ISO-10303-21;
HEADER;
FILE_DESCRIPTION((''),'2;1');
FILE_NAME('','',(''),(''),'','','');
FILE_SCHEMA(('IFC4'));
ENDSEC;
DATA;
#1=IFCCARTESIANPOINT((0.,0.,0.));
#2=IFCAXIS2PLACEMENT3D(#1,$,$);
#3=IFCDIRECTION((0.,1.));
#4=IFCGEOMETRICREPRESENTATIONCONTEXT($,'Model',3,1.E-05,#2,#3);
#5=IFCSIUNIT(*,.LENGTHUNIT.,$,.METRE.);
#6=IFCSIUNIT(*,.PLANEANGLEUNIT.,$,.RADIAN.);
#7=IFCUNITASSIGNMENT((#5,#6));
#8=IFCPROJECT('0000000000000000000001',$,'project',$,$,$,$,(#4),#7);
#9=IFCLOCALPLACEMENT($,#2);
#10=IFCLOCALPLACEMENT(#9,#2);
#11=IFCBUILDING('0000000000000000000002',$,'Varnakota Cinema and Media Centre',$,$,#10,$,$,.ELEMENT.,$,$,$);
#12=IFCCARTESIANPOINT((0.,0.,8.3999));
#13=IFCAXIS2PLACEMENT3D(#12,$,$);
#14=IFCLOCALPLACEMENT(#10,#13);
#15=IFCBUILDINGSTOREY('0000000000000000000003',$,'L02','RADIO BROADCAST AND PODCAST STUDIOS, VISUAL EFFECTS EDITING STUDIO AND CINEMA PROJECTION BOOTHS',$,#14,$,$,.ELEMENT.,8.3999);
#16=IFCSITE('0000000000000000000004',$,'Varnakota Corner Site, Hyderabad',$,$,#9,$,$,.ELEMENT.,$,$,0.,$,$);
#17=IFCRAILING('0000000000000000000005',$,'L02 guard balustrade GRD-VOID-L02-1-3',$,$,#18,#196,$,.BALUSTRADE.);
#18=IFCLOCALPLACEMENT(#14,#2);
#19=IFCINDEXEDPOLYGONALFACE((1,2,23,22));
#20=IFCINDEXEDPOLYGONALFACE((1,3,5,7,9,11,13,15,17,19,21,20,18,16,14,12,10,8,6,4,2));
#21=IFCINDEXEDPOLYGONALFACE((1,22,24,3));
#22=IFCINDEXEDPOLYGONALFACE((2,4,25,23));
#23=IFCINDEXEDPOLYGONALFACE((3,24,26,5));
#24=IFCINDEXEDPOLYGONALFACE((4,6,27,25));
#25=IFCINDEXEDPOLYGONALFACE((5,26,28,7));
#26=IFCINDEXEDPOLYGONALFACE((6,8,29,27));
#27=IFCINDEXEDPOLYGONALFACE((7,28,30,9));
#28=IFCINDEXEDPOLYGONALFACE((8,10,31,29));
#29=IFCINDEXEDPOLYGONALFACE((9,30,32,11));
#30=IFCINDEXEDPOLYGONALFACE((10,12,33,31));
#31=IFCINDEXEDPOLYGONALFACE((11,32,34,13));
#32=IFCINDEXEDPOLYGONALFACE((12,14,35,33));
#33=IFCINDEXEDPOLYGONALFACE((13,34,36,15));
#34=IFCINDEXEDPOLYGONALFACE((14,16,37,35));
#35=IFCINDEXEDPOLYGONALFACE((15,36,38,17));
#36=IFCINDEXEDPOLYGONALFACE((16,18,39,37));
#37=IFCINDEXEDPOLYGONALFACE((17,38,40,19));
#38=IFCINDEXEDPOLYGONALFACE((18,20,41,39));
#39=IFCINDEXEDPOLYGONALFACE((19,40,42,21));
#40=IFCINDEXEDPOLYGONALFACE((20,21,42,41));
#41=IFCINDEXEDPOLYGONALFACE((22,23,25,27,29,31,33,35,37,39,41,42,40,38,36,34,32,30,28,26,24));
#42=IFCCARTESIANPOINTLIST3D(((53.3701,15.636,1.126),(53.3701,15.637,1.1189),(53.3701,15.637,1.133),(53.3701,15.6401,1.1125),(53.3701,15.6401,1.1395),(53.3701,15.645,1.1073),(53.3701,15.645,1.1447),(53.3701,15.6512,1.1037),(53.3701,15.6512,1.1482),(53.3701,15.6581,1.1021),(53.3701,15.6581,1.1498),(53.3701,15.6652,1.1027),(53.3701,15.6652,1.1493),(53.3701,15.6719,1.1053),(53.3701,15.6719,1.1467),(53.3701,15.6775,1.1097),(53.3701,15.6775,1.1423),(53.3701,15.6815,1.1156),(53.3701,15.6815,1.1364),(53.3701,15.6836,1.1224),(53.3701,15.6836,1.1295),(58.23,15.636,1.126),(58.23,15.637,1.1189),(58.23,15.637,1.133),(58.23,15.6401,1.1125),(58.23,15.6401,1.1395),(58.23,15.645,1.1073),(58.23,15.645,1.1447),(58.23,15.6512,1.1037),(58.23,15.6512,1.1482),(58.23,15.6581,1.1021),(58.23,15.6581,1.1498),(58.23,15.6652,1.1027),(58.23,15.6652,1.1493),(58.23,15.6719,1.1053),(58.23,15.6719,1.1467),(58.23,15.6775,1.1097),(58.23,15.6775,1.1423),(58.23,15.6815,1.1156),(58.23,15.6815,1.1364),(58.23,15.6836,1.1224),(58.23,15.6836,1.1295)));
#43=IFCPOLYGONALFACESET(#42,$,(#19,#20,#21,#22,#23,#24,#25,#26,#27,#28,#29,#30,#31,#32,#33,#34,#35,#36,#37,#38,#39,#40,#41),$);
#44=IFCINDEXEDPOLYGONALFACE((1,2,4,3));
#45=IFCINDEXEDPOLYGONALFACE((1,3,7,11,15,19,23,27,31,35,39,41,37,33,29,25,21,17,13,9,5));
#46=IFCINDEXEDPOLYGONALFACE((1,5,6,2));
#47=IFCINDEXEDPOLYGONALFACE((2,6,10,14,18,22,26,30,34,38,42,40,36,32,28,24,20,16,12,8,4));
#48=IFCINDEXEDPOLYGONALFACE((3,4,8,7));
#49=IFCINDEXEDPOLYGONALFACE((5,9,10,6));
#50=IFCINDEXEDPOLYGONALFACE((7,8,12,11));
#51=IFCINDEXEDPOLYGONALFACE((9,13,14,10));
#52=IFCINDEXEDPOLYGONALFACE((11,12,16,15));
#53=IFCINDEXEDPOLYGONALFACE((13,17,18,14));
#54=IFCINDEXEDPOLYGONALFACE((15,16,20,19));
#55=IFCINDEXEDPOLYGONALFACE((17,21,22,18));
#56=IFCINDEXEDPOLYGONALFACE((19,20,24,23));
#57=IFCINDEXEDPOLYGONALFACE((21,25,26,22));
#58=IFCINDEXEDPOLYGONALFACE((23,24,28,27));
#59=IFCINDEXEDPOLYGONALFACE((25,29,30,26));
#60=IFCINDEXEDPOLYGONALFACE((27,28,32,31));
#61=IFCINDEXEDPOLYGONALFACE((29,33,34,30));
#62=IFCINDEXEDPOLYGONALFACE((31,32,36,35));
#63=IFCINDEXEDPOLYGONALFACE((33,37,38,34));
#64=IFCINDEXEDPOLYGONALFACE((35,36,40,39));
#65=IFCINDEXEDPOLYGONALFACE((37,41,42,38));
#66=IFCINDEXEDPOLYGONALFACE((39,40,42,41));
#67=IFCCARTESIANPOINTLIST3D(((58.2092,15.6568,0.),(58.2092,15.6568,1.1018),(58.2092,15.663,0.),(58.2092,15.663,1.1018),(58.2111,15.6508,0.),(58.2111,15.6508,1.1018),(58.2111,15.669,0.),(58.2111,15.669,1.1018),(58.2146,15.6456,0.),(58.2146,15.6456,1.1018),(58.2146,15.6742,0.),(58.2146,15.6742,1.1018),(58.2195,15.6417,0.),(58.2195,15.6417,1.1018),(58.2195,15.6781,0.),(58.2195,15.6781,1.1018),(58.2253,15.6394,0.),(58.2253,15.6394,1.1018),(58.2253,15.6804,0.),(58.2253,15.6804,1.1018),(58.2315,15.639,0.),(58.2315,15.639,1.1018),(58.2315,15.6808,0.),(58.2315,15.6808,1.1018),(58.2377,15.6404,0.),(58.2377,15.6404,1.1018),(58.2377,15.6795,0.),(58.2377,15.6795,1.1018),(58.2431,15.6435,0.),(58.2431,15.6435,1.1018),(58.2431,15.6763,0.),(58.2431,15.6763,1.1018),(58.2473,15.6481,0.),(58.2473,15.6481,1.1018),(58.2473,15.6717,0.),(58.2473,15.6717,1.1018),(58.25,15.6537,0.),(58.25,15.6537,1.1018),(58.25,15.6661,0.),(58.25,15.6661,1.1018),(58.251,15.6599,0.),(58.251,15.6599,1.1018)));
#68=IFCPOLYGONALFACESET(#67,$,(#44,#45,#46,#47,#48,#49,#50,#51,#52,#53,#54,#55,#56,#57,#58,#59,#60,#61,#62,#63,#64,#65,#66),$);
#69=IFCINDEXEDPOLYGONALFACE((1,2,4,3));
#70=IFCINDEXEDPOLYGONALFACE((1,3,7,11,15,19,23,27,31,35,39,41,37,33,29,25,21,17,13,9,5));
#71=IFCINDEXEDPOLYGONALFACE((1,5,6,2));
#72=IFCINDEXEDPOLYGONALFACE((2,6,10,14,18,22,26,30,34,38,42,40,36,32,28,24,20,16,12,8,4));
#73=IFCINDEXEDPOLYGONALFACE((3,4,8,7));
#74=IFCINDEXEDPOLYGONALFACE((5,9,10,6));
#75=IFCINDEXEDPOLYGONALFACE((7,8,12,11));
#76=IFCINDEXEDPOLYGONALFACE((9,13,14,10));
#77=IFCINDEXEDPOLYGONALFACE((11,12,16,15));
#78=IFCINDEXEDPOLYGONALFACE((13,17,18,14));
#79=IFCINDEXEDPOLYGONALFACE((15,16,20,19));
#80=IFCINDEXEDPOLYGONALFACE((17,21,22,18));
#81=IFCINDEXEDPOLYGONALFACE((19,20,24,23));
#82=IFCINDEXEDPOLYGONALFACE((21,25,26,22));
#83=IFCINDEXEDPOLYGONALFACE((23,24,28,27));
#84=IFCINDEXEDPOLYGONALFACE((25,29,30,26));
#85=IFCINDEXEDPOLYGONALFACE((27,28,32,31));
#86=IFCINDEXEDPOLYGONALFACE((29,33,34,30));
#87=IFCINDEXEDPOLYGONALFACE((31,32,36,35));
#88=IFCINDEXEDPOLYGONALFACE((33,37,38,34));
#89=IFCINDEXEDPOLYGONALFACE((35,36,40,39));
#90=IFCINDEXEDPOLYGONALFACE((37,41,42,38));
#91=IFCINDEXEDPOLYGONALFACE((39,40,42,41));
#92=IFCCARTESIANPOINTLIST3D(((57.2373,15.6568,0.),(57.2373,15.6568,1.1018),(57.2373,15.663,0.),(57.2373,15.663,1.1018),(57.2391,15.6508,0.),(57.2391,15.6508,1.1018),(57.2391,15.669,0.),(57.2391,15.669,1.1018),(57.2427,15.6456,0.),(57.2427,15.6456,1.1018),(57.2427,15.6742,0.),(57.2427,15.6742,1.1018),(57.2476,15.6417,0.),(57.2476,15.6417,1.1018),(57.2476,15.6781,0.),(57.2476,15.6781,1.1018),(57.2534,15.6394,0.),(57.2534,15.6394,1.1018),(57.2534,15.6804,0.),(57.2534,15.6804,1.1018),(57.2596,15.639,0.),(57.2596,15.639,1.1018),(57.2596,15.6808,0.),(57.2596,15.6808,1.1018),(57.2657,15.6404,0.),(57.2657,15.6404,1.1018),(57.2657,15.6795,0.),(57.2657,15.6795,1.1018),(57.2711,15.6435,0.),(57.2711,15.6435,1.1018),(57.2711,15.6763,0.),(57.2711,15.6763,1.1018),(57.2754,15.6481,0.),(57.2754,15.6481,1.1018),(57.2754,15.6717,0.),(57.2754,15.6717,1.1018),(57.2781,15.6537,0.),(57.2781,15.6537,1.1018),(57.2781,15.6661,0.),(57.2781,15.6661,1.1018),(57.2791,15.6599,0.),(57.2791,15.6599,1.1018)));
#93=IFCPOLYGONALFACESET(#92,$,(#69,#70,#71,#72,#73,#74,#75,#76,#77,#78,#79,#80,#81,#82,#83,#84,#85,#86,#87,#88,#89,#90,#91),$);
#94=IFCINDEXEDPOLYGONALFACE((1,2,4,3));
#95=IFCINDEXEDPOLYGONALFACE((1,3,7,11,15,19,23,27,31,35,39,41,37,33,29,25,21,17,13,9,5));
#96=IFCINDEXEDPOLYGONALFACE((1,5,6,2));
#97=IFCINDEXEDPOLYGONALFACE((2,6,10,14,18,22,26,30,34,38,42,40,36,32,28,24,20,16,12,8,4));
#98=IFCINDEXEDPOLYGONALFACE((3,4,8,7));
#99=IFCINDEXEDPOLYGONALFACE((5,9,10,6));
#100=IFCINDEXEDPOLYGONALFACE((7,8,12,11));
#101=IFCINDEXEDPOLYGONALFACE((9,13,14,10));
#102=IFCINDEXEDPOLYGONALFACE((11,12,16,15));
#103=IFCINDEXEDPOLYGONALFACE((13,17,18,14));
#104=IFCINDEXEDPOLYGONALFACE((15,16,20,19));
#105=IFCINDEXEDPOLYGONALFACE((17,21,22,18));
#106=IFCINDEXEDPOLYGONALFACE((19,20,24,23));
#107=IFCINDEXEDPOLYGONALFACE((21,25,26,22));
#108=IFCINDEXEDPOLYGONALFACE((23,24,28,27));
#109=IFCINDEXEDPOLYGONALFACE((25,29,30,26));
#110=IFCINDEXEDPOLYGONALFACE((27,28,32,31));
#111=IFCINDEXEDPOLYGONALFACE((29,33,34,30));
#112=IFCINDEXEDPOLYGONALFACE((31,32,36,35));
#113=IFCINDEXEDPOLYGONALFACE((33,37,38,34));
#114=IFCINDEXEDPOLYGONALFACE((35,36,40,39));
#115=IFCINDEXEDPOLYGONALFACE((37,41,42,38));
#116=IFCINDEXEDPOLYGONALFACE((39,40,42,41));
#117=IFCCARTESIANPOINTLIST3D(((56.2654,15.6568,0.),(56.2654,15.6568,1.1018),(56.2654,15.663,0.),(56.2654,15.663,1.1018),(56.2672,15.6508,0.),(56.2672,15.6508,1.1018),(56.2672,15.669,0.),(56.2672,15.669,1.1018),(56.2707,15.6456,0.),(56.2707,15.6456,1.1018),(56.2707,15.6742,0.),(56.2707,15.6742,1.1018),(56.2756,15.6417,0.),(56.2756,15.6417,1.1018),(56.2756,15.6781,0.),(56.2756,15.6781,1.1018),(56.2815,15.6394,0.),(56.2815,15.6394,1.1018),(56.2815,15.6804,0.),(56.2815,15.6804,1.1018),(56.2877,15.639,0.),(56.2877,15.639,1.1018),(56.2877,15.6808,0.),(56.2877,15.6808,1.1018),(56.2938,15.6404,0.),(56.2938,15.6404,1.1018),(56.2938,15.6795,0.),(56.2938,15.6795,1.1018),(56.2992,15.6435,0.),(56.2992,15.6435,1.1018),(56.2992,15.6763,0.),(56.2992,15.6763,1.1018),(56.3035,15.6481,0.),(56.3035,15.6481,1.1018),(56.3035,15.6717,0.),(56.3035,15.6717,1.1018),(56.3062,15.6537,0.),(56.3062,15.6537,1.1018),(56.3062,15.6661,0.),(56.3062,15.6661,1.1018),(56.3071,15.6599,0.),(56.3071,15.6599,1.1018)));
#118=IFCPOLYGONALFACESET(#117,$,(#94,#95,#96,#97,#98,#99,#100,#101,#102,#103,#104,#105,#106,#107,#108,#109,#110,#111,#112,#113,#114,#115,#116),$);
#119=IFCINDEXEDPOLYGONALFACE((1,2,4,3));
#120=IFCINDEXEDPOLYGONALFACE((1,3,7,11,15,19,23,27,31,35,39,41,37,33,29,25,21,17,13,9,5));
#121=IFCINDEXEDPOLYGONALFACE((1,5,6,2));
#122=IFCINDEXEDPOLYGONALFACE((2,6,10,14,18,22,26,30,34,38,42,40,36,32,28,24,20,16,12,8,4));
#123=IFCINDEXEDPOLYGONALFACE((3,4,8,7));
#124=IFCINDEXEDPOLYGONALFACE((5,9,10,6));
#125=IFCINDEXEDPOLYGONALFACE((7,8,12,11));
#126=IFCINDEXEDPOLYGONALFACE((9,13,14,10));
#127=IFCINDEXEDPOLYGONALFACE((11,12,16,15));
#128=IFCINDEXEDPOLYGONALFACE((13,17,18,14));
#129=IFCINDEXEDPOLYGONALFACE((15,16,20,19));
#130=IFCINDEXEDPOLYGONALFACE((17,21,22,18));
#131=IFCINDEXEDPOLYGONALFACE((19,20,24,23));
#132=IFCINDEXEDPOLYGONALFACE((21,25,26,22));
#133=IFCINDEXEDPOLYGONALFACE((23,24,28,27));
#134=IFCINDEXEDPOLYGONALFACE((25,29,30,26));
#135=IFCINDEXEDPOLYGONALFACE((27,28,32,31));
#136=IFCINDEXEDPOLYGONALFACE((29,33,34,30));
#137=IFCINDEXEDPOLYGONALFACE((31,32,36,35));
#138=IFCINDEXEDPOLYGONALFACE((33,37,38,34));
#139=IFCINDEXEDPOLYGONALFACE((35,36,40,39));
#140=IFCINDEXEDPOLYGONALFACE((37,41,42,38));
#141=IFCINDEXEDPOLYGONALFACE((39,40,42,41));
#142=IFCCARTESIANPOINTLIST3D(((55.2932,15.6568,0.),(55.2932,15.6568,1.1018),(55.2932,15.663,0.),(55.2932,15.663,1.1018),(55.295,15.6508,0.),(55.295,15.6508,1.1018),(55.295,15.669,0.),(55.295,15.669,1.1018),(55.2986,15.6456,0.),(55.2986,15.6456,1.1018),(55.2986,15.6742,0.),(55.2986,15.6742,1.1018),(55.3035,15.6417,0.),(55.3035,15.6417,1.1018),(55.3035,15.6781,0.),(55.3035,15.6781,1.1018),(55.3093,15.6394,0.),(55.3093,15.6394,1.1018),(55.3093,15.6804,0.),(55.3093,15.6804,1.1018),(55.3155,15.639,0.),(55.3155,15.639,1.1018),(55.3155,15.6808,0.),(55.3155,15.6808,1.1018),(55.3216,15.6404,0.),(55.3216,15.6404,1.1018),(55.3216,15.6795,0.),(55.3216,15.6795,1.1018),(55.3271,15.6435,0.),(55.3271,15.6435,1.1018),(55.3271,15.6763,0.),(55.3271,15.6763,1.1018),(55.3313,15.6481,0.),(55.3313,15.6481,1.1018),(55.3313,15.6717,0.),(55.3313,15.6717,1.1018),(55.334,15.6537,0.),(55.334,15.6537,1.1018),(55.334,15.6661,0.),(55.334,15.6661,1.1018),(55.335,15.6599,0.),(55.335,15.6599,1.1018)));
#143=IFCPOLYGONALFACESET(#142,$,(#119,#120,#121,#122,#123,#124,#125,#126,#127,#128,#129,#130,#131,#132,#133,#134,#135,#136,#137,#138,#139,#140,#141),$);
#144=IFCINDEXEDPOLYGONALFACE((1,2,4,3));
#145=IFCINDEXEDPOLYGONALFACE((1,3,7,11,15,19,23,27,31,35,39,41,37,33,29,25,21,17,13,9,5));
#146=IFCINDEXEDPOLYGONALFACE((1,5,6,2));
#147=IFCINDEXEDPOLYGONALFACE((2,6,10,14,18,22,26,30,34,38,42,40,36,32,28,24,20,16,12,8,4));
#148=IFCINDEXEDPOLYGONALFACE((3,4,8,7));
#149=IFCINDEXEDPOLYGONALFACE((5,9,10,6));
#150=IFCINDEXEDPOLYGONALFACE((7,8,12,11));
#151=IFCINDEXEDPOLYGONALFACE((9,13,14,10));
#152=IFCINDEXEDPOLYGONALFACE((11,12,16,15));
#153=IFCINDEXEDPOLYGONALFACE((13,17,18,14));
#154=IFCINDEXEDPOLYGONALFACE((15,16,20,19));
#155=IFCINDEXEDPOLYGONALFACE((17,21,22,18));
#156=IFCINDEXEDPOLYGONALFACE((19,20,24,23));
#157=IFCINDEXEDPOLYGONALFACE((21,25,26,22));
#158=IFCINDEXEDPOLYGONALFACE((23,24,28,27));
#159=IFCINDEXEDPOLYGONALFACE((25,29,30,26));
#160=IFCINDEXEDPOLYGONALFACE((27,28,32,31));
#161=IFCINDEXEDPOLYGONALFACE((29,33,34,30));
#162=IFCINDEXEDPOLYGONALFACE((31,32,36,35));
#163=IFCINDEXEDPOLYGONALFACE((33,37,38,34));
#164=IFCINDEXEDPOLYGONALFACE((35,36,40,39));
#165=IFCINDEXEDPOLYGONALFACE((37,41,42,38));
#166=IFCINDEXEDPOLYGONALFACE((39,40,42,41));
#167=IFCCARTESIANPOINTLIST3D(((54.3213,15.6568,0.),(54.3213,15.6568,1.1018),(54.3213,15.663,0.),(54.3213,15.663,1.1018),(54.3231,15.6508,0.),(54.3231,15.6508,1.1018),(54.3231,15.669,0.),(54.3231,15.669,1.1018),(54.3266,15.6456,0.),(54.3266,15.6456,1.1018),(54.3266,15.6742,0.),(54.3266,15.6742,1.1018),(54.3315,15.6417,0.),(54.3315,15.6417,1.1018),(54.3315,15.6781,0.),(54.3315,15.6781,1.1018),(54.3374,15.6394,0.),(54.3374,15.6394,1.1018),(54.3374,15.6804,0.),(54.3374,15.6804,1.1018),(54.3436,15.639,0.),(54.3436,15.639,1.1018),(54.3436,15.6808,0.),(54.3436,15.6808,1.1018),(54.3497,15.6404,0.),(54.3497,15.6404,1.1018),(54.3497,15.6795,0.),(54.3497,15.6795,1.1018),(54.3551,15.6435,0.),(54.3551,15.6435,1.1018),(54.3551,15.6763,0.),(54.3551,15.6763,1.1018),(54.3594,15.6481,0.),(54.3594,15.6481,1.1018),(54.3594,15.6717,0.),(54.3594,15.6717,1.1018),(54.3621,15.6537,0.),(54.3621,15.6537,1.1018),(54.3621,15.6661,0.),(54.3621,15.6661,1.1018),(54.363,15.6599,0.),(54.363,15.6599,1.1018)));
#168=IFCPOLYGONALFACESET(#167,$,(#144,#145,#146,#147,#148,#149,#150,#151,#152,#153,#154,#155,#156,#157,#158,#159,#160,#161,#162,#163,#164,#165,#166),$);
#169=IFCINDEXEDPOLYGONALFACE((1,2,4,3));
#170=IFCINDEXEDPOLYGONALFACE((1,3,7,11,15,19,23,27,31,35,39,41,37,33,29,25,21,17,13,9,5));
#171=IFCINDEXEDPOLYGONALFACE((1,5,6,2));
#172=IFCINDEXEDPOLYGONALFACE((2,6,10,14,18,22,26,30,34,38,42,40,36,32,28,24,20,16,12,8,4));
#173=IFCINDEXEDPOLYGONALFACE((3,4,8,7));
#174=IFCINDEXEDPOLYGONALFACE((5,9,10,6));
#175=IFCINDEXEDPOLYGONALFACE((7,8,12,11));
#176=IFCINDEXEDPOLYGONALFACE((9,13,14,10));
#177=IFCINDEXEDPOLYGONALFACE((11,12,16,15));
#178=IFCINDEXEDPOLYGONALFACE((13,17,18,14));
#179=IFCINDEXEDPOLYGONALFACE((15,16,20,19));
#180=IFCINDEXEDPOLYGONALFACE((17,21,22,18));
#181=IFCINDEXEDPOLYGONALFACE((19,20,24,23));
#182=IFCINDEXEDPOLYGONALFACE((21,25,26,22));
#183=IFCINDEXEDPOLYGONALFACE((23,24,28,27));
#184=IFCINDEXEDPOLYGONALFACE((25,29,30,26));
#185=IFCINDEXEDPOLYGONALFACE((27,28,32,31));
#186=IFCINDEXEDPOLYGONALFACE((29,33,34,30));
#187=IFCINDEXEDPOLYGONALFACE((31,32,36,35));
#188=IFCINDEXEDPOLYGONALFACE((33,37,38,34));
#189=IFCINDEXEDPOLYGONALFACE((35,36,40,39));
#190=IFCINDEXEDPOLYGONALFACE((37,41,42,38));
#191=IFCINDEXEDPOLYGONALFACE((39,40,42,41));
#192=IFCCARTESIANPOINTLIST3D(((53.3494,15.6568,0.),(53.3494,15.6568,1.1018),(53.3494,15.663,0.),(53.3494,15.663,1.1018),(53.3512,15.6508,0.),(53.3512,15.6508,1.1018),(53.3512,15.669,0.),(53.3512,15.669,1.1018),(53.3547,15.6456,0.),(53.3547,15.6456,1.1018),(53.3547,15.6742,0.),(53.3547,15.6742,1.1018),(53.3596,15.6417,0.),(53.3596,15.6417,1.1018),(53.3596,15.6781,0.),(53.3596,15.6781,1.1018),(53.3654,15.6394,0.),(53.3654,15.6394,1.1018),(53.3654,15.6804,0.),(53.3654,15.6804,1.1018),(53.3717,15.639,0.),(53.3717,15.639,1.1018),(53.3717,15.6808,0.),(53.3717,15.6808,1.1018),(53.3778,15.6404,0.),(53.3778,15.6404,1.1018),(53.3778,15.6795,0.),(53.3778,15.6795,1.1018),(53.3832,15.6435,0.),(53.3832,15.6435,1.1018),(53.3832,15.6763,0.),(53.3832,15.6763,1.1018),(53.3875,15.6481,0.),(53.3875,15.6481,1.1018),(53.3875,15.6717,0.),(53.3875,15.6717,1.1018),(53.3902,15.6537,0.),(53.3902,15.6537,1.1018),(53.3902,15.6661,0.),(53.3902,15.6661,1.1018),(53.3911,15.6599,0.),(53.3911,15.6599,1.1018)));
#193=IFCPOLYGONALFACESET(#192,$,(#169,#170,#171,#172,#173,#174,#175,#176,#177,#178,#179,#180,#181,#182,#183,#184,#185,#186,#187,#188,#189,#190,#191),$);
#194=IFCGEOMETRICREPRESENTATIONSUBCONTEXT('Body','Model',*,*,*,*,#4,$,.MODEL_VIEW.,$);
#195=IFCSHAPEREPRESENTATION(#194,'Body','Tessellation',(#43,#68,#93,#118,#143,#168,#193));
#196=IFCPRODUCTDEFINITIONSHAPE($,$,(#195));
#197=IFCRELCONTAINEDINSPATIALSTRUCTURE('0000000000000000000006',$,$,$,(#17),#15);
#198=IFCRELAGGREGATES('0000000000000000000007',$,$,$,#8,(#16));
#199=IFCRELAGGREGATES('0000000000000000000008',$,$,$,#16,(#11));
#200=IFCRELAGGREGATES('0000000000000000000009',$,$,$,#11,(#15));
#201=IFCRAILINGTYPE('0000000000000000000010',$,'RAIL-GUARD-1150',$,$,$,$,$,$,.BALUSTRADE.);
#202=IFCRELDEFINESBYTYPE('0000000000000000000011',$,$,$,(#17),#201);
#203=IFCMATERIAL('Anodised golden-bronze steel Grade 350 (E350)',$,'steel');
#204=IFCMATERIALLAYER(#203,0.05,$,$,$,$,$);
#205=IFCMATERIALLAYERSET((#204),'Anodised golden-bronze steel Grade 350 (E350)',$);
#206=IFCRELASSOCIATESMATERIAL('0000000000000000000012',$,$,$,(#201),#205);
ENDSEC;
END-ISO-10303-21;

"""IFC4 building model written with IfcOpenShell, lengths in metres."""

from ifc_helpers import new_model, si_unit, direction, frame, origin, origin_2d, place, context, subcontext, project, spatial, circle, extrude, material, layer, layer_set, type_object, element, save


model = new_model("IFC4")

# Units and contexts
model_context = context("Model", 3, precision=1e-05, world=origin(), true_north=direction((0.0, 1.0)))
body_context = subcontext(model_context, "Body", "Model", "MODEL_VIEW")
ifc_project = project(units=[si_unit("LENGTHUNIT", "METRE"), si_unit("PLANEANGLEUNIT", "RADIAN")], contexts=[model_context])

# Site, building, storey
site_placement = place(None, origin())
site = spatial("IfcSite", under=ifc_project, at=site_placement, Name="Varnakota Corner Site, Hyderabad", CompositionType="ELEMENT", RefElevation=0.0)
building_placement = place(site_placement, origin())
building = spatial("IfcBuilding", under=site, at=building_placement, Name="Varnakota Cinema and Media Centre", CompositionType="ELEMENT")
storey_placement = place(building_placement, frame((0.0, 0.0, 8.3999)))
storey = spatial("IfcBuildingStorey", under=building, at=storey_placement, Name="L02", Description="RADIO BROADCAST AND PODCAST STUDIOS, VISUAL EFFECTS EDITING STUDIO AND CINEMA PROJECTION BOOTHS", CompositionType="ELEMENT", Elevation=8.3999)

# Railing
ifc_material_1 = material(Name="Anodised golden-bronze steel Grade 350 (E350)", Category="steel")
ifc_layer_1 = layer(ifc_material_1, 0.05)
ifc_layer_set_1 = layer_set([ifc_layer_1], Name="Anodised golden-bronze steel Grade 350 (E350)")
railing_type_1 = type_object("IfcRailingType", Name="RAIL-GUARD-1150", PredefinedType="BALUSTRADE", material=ifc_layer_set_1)
railing_1_placement = place(storey_placement, frame((58.23, 15.6599, 0.0)))
element("IfcRailing", 1, at=railing_1_placement, inside=storey, type_object=railing_type_1, Name="L02 guard balustrade GRD-VOID-L02-1-3", PredefinedType="BALUSTRADE", context=body_context, shape_type="SweptSolid", body=[
    extrude(circle(Radius=0.0239, at=origin_2d()), frame((0.0, 0.0, 1.126), z_axis=(-1.0, 0.0, 0.0), x_axis=(0.0, -1.0, 0.0)), (0.0, 0.0, 1.0), 4.8599),
    extrude(circle(Radius=0.021, at=origin_2d()), origin(), (0.0, 0.0, 1.0), 1.1018),
    extrude(circle(Radius=0.021, at=origin_2d()), frame((-0.9719, 0.0, 0.0)), (0.0, 0.0, 1.0), 1.1018),
    extrude(circle(Radius=0.021, at=origin_2d()), frame((-1.9438, 0.0, 0.0)), (0.0, 0.0, 1.0), 1.1018),
    extrude(circle(Radius=0.021, at=origin_2d()), frame((-2.916, 0.0, 0.0)), (0.0, 0.0, 1.0), 1.1018),
    extrude(circle(Radius=0.021, at=origin_2d()), frame((-3.8879, 0.0, 0.0)), (0.0, 0.0, 1.0), 1.1018),
    extrude(circle(Radius=0.021, at=origin_2d()), frame((-4.8599, 0.0, 0.0)), (0.0, 0.0, 1.0), 1.1018),
])

save(model, "model.ifc")
